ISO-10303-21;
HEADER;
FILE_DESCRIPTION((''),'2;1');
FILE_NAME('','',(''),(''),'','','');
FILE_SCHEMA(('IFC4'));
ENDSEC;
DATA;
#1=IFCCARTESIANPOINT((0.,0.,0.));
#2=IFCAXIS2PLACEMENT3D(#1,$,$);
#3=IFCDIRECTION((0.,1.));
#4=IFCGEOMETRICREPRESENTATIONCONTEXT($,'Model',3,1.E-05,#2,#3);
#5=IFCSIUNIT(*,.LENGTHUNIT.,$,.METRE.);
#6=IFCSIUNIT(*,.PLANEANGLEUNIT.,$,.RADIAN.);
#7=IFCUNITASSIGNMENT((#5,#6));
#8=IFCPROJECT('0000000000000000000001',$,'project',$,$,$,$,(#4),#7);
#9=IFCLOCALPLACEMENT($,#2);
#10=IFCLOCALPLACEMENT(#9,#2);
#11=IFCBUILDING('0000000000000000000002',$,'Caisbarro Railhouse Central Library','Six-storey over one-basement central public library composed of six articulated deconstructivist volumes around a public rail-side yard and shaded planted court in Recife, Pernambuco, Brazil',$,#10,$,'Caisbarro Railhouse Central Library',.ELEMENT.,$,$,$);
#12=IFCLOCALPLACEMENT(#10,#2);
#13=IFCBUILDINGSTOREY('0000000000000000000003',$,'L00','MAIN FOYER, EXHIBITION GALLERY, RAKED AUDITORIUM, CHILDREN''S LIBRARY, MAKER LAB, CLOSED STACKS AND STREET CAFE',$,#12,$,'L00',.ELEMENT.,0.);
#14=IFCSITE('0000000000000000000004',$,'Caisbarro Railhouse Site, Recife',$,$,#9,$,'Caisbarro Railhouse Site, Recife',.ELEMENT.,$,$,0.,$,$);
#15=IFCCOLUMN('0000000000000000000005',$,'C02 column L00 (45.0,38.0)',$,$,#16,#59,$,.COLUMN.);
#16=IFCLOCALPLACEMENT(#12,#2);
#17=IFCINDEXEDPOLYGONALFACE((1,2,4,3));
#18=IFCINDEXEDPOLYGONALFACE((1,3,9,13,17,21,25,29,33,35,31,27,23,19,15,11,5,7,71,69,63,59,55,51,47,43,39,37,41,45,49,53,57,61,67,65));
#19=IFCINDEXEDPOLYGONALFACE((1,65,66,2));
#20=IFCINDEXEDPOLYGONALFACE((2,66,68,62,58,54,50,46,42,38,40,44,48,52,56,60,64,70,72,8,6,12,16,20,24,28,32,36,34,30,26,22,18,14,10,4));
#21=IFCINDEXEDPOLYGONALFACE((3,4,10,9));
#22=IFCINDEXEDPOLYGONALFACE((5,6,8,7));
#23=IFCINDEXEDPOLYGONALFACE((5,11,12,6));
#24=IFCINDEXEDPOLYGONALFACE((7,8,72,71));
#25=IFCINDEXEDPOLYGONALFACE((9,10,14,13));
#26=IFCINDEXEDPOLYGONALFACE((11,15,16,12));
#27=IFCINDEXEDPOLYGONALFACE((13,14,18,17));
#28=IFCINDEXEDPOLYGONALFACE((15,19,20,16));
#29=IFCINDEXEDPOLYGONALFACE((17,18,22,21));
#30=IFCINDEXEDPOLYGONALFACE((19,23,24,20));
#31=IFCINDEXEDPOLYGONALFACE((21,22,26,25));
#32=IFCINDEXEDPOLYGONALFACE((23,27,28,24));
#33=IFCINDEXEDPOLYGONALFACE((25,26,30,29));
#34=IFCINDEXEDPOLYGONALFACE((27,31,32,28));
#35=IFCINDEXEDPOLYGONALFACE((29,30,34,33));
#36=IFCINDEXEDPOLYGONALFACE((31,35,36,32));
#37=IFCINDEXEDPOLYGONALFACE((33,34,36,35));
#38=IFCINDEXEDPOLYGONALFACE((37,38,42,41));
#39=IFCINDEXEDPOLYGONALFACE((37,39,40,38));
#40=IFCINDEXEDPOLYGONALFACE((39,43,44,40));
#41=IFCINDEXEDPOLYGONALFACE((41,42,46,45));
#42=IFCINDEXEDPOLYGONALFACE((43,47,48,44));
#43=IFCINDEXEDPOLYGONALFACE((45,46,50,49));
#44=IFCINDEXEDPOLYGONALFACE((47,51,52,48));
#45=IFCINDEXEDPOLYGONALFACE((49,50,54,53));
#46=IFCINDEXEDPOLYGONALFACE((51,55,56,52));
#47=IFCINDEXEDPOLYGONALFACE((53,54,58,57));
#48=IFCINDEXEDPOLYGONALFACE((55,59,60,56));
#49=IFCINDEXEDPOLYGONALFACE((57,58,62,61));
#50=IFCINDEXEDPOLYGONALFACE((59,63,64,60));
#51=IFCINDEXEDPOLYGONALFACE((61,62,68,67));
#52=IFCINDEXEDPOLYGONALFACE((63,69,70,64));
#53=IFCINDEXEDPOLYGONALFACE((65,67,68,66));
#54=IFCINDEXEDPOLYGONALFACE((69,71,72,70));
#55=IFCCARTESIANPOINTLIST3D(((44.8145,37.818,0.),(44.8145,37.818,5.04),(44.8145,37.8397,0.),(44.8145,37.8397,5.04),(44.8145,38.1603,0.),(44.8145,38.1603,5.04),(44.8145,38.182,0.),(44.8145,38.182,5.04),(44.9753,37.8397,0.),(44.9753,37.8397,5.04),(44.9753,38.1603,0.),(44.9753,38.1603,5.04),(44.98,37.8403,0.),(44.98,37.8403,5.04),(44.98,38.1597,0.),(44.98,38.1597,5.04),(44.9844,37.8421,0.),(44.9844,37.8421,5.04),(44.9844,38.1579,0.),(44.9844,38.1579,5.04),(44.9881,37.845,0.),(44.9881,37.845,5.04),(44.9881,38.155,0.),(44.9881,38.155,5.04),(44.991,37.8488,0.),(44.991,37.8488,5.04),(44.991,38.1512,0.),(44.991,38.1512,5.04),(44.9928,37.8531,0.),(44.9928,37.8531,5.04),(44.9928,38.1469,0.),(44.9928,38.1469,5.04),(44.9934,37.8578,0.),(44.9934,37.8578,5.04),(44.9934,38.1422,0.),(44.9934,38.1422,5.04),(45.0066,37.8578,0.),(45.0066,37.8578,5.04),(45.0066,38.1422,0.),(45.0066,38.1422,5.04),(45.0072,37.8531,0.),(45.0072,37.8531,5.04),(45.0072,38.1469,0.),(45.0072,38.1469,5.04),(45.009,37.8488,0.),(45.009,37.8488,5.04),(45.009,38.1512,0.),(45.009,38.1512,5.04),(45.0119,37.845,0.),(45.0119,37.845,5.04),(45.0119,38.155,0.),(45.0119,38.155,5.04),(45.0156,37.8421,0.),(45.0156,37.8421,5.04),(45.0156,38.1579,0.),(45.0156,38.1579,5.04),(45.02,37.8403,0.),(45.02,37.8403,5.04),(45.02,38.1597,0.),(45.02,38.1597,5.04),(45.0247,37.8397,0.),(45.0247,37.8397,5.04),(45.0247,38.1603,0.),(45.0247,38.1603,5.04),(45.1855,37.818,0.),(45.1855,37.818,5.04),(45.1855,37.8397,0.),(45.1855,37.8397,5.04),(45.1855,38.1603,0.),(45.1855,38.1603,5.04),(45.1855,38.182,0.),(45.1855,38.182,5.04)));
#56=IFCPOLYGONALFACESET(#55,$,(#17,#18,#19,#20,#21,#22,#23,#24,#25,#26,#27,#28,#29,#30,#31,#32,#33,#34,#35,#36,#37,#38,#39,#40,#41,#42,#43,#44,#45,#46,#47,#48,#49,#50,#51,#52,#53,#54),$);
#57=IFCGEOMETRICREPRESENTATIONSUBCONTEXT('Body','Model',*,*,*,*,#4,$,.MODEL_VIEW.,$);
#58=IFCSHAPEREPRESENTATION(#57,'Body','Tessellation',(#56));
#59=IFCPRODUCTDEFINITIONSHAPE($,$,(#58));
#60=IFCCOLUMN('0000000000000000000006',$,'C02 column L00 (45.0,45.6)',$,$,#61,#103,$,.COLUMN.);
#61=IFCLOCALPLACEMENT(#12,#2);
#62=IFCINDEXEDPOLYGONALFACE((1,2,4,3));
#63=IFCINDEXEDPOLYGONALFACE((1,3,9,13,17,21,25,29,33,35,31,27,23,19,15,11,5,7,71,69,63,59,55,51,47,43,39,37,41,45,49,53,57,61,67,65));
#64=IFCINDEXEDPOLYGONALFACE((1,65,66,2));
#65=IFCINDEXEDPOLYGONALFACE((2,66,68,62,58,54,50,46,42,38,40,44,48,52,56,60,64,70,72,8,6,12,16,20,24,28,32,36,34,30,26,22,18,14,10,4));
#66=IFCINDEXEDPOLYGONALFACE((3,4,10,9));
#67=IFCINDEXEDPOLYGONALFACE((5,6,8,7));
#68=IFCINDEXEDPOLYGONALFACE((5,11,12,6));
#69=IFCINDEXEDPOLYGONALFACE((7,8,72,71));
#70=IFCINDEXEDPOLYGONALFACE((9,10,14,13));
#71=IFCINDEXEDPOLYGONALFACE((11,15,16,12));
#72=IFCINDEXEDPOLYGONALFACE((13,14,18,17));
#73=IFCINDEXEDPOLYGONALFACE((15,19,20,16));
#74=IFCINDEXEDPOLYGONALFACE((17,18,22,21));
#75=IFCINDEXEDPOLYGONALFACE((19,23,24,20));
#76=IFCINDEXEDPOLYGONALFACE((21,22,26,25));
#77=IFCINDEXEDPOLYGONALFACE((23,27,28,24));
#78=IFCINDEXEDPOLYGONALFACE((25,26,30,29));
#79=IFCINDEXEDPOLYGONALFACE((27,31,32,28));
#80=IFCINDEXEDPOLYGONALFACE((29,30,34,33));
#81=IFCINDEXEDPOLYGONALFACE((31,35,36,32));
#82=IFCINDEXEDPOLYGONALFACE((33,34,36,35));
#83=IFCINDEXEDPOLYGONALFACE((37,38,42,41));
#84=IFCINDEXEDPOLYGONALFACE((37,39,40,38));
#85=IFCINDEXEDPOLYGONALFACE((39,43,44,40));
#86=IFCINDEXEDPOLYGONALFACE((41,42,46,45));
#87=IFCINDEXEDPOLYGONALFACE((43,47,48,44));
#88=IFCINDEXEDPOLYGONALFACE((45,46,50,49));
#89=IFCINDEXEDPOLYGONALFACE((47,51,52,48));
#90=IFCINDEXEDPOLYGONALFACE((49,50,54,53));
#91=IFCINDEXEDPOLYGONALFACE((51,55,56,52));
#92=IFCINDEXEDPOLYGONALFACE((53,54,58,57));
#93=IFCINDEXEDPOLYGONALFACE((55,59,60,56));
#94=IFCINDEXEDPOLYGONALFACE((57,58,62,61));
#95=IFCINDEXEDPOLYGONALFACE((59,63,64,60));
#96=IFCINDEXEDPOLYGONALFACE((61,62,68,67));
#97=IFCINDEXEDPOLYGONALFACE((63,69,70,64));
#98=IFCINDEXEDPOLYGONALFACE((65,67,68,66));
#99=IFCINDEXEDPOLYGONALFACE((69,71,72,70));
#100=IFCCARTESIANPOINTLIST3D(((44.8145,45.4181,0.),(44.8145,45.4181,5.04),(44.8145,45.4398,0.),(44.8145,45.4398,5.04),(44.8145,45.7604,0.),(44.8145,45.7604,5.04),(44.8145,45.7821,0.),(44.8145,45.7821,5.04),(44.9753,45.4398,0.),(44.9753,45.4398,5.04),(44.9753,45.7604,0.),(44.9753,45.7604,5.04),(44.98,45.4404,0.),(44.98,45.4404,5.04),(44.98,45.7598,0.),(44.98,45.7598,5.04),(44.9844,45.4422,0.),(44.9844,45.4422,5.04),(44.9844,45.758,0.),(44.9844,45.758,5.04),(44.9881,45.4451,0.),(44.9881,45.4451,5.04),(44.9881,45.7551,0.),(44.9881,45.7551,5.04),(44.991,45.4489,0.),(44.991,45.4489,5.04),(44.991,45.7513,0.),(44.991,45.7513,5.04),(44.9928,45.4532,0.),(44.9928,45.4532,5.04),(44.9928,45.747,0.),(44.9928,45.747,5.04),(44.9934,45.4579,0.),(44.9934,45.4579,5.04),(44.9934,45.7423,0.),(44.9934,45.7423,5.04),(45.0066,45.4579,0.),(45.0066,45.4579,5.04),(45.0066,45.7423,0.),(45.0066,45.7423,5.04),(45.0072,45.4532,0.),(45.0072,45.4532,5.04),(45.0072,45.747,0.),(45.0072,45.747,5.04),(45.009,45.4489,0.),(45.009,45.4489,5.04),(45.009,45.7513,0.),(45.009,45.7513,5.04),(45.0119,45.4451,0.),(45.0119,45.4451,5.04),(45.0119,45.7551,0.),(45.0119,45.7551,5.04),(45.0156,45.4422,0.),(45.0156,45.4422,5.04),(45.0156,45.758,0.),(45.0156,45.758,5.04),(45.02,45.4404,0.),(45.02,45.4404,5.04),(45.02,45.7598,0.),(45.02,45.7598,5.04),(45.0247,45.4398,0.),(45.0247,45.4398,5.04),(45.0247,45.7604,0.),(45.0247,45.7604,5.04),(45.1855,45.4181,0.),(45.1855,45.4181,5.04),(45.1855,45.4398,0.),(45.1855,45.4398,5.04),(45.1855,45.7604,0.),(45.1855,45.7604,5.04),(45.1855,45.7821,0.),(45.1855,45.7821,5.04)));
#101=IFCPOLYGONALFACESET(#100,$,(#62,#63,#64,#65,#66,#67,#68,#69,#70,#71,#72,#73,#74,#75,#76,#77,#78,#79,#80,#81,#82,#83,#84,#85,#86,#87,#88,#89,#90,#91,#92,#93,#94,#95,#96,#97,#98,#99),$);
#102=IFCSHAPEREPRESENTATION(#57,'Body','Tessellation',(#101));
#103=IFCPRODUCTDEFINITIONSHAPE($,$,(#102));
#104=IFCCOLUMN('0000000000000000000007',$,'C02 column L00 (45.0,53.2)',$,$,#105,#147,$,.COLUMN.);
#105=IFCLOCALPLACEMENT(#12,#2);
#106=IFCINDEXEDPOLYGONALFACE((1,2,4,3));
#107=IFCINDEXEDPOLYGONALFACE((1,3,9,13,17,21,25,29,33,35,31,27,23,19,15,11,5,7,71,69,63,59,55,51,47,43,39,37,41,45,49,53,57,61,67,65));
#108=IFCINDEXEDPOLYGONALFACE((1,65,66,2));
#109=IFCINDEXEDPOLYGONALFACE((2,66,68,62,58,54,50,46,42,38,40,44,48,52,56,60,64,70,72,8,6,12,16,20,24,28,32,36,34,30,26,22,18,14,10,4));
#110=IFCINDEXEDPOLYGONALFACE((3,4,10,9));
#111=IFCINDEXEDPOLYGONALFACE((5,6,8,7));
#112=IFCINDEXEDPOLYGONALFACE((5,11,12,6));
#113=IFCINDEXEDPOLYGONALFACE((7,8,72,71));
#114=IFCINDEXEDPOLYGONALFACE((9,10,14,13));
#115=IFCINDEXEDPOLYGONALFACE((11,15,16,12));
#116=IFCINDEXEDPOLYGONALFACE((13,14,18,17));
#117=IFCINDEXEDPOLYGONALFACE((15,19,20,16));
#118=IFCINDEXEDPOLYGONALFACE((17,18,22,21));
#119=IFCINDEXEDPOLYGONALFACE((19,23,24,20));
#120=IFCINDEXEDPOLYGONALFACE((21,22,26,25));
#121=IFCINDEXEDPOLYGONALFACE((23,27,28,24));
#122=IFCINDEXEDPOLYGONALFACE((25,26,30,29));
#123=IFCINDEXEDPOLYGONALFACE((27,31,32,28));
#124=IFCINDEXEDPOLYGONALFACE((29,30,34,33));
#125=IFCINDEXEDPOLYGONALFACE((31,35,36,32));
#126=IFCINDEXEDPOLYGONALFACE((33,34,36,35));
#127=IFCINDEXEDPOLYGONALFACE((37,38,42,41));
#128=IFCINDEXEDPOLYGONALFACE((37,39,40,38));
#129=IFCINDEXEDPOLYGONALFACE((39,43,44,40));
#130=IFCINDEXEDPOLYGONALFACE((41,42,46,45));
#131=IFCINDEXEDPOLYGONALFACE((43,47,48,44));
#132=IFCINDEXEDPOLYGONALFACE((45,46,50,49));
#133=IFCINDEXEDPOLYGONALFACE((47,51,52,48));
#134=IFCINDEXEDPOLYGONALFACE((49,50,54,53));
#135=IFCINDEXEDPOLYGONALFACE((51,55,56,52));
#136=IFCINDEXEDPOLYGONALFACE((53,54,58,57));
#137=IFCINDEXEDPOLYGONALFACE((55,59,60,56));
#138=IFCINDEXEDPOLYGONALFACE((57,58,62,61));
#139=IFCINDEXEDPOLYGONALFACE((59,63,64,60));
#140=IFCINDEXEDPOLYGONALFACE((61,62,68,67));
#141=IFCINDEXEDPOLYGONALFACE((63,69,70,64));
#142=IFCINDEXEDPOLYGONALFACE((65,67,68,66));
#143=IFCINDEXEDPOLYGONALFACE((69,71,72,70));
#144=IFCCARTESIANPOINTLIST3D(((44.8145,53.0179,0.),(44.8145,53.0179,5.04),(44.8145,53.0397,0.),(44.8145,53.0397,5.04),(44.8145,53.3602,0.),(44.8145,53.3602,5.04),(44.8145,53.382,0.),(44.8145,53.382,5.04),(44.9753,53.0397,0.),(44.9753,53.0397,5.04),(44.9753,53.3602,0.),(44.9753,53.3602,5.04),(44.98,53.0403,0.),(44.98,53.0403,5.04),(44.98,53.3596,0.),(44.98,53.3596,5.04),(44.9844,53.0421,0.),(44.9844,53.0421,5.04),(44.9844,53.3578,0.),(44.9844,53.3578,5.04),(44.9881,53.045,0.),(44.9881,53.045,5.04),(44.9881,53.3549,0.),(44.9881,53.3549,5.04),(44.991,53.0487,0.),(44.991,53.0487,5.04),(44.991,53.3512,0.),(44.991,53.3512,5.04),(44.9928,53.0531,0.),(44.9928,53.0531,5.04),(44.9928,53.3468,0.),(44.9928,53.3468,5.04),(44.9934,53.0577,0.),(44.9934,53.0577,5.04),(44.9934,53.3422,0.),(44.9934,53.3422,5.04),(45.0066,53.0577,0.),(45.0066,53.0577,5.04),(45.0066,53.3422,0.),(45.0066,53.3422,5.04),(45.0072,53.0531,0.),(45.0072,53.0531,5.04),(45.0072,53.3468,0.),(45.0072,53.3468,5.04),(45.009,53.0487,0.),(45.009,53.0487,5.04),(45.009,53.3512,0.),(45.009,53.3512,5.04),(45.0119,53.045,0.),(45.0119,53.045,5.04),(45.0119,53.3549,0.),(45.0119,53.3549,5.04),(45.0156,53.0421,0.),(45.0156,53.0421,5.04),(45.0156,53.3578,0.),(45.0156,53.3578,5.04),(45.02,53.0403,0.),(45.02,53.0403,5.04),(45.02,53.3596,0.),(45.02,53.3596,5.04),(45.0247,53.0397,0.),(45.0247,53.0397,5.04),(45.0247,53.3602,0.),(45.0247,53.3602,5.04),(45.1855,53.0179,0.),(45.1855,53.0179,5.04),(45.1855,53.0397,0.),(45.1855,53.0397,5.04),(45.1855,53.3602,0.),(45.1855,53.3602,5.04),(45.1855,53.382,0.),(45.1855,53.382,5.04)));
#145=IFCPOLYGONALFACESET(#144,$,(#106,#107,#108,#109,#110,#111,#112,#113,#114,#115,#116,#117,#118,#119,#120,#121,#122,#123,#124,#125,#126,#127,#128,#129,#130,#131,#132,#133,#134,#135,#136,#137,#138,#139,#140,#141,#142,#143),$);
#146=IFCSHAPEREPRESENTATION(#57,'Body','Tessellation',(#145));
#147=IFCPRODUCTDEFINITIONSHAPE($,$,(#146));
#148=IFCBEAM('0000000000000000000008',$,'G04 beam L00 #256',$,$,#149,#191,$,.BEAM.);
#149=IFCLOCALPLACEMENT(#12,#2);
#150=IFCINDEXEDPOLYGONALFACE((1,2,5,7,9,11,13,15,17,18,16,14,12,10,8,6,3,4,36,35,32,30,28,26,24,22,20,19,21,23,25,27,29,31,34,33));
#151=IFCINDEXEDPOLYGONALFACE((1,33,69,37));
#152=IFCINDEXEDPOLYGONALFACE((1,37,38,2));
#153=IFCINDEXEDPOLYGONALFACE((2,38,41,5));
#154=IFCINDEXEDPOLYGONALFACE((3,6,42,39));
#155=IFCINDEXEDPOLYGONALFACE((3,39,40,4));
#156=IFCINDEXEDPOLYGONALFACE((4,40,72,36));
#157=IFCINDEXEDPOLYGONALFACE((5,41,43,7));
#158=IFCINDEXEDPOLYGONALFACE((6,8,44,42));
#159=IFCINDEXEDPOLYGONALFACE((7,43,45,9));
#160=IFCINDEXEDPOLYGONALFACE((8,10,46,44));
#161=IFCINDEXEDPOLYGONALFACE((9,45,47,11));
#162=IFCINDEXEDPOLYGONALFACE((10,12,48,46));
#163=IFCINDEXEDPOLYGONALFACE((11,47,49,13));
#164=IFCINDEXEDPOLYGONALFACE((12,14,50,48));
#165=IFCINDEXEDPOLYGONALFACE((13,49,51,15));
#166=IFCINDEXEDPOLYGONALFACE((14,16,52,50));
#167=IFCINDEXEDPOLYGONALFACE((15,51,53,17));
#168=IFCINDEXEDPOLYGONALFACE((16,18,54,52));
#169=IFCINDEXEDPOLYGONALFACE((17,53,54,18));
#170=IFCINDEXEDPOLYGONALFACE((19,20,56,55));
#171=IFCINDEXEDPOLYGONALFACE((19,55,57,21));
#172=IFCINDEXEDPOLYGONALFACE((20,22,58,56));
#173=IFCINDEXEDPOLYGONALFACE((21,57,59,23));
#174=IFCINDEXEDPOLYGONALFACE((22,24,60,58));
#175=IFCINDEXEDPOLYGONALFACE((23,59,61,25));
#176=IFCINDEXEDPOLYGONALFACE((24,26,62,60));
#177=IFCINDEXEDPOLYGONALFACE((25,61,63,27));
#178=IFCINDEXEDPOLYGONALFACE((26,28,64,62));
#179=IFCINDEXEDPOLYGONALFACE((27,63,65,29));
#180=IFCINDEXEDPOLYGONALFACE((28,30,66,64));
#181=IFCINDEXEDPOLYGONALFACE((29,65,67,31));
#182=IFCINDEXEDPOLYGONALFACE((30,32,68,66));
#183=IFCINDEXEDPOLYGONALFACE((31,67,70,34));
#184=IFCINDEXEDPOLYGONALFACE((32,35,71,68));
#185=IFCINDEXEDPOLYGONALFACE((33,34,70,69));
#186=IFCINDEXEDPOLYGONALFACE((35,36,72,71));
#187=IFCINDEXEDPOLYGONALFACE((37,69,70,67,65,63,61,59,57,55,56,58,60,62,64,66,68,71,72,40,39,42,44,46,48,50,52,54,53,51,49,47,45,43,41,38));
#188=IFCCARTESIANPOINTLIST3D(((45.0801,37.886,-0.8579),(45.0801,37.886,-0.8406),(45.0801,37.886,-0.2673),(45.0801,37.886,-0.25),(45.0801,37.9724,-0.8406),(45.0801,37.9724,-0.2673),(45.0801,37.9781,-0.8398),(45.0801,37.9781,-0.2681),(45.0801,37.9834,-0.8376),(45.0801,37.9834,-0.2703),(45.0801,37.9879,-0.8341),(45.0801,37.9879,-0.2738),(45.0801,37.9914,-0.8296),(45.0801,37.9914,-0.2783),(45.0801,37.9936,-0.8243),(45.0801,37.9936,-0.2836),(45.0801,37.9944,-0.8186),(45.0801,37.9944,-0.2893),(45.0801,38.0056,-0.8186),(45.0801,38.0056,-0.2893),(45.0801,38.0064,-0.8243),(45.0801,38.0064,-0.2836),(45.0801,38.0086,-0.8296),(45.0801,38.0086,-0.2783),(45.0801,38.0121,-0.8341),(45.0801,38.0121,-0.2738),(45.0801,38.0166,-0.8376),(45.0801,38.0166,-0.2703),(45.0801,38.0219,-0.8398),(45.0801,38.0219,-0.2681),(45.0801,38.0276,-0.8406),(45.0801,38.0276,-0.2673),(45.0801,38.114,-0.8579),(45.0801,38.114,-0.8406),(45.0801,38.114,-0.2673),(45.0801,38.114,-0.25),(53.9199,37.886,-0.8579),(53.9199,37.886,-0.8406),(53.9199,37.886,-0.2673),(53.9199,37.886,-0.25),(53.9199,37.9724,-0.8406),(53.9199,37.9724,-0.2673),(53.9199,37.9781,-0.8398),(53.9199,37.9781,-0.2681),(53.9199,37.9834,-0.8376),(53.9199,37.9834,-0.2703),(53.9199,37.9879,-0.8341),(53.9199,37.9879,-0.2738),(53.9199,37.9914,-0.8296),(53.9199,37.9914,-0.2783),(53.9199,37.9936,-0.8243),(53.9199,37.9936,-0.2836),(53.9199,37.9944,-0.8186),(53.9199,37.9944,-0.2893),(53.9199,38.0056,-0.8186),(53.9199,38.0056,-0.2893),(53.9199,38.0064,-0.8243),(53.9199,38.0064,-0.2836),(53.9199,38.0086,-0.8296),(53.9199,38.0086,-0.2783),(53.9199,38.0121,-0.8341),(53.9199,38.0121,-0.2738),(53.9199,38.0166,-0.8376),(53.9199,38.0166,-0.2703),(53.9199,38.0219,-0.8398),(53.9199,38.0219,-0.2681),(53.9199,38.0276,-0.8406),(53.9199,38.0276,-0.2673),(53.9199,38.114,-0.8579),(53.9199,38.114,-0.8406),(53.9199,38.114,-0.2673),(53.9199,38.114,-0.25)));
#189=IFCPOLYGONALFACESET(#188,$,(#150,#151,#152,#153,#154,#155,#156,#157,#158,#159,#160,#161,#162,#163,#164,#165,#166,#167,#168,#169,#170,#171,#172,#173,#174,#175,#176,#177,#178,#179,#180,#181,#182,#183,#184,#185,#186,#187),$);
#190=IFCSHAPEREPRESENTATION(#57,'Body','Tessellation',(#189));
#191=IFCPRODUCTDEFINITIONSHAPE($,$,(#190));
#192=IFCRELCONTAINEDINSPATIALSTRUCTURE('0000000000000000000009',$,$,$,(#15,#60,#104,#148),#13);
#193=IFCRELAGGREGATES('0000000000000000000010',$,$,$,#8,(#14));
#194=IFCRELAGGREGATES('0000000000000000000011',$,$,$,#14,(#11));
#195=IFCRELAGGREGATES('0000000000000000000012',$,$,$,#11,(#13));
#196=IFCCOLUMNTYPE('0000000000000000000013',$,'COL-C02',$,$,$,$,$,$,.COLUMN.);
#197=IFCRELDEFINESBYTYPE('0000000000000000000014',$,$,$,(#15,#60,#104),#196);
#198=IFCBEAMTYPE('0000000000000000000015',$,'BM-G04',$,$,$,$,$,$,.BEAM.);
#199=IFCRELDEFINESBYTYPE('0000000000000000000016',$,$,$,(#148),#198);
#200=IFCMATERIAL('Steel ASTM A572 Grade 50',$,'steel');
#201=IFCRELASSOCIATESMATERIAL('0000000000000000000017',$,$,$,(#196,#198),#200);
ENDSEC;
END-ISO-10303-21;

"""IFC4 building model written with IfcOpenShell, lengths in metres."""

from ifc_helpers import new_model, si_unit, direction, frame, origin, origin_2d, place, context, subcontext, project, spatial, i_section, extrude, material, material_profile, profile_set, type_object, element, save


model = new_model("IFC4")

# Units and contexts
model_context = context("Model", 3, precision=1e-05, world=origin(), true_north=direction((0.0, 1.0)))
body_context = subcontext(model_context, "Body", "Model", "MODEL_VIEW")
ifc_project = project(units=[si_unit("LENGTHUNIT", "METRE"), si_unit("PLANEANGLEUNIT", "RADIAN")], contexts=[model_context])

# Site, building, storey
site_placement = place(None, origin())
site = spatial("IfcSite", under=ifc_project, at=site_placement, Name="Caisbarro Railhouse Site, Recife", LongName="Caisbarro Railhouse Site, Recife", CompositionType="ELEMENT", RefElevation=0.0)
building_placement = place(site_placement, origin())
building = spatial("IfcBuilding", under=site, at=building_placement, Name="Caisbarro Railhouse Central Library", Description="Six-storey over one-basement central public library composed of six articulated deconstructivist volumes around a public rail-side yard and shaded planted court in Recife, Pernambuco, Brazil", LongName="Caisbarro Railhouse Central Library", CompositionType="ELEMENT")
storey_placement = place(building_placement, origin())
storey = spatial("IfcBuildingStorey", under=building, at=storey_placement, Name="L00", Description="MAIN FOYER, EXHIBITION GALLERY, RAKED AUDITORIUM, CHILDREN'S LIBRARY, MAKER LAB, CLOSED STACKS AND STREET CAFE", LongName="L00", CompositionType="ELEMENT", Elevation=0.0)

# Columns
ifc_material_1 = material(Name="Steel ASTM A572 Grade 50", Category="steel")
ifc_material_profile_1 = material_profile(ifc_material_1, i_section(OverallWidth=0.3711, OverallDepth=0.364, WebThickness=0.0132, FlangeThickness=0.0217, FilletRadius=0.0181, at=origin_2d()), Name="W360X162.0")
ifc_profile_set_1 = profile_set([ifc_material_profile_1], Name="Steel ASTM A572 Grade 50")
column_type = type_object("IfcColumnType", Name="COL-C02", PredefinedType="COLUMN", material=ifc_profile_set_1)
for number, where, z_axis, x_axis, name in (
    (1, (45.0, 38.0, 0.0), (0.0, 0.0, 1.0), (1.0, 0.0, 0.0), "C02 column L00 (45.0,38.0)"),
    (2, (45.0, 45.6001, 0.0), (0.0, 0.0, 1.0), (1.0, 0.0, 0.0), "C02 column L00 (45.0,45.6)"),
    (3, (45.0, 53.2, 0.0), (0.0, 0.0, 1.0), (1.0, 0.0, 0.0), "C02 column L00 (45.0,53.2)"),
):
    element("IfcColumn", number, at=place(storey_placement, frame(where, z_axis=z_axis, x_axis=x_axis)), inside=storey, type_object=column_type, Name=name, PredefinedType="COLUMN", context=body_context, shape_type="SweptSolid", body=[
        extrude(i_section(OverallWidth=0.3711, OverallDepth=0.364, WebThickness=0.0132, FlangeThickness=0.0217, FilletRadius=0.0181, at=origin_2d()), origin(), (0.0, 0.0, 1.0), 5.04),
    ])

# Beam
ifc_material_profile_2 = material_profile(ifc_material_1, i_section(OverallWidth=0.228, OverallDepth=0.6079, WebThickness=0.0112, FlangeThickness=0.0173, FilletRadius=0.022, at=origin_2d()), Name="W610X113.0")
ifc_profile_set_2 = profile_set([ifc_material_profile_2], Name="Steel ASTM A572 Grade 50")
beam_type_1 = type_object("IfcBeamType", Name="BM-G04", PredefinedType="BEAM", material=ifc_profile_set_2)
for number, where, z_axis, x_axis, name in (
    (4, (45.0801, 38.0, -0.554), (1.0, 0.0, 0.0), (0.0, 1.0, 0.0), "G04 beam L00 #256"),
):
    element("IfcBeam", number, at=place(storey_placement, frame(where, z_axis=z_axis, x_axis=x_axis)), inside=storey, type_object=beam_type_1, Name=name, PredefinedType="BEAM", context=body_context, shape_type="SweptSolid", body=[
        extrude(i_section(OverallWidth=0.228, OverallDepth=0.6079, WebThickness=0.0112, FlangeThickness=0.0173, FilletRadius=0.022, at=origin_2d()), origin(), (0.0, 0.0, 1.0), 8.8398),
    ])

save(model, "model.ifc")
